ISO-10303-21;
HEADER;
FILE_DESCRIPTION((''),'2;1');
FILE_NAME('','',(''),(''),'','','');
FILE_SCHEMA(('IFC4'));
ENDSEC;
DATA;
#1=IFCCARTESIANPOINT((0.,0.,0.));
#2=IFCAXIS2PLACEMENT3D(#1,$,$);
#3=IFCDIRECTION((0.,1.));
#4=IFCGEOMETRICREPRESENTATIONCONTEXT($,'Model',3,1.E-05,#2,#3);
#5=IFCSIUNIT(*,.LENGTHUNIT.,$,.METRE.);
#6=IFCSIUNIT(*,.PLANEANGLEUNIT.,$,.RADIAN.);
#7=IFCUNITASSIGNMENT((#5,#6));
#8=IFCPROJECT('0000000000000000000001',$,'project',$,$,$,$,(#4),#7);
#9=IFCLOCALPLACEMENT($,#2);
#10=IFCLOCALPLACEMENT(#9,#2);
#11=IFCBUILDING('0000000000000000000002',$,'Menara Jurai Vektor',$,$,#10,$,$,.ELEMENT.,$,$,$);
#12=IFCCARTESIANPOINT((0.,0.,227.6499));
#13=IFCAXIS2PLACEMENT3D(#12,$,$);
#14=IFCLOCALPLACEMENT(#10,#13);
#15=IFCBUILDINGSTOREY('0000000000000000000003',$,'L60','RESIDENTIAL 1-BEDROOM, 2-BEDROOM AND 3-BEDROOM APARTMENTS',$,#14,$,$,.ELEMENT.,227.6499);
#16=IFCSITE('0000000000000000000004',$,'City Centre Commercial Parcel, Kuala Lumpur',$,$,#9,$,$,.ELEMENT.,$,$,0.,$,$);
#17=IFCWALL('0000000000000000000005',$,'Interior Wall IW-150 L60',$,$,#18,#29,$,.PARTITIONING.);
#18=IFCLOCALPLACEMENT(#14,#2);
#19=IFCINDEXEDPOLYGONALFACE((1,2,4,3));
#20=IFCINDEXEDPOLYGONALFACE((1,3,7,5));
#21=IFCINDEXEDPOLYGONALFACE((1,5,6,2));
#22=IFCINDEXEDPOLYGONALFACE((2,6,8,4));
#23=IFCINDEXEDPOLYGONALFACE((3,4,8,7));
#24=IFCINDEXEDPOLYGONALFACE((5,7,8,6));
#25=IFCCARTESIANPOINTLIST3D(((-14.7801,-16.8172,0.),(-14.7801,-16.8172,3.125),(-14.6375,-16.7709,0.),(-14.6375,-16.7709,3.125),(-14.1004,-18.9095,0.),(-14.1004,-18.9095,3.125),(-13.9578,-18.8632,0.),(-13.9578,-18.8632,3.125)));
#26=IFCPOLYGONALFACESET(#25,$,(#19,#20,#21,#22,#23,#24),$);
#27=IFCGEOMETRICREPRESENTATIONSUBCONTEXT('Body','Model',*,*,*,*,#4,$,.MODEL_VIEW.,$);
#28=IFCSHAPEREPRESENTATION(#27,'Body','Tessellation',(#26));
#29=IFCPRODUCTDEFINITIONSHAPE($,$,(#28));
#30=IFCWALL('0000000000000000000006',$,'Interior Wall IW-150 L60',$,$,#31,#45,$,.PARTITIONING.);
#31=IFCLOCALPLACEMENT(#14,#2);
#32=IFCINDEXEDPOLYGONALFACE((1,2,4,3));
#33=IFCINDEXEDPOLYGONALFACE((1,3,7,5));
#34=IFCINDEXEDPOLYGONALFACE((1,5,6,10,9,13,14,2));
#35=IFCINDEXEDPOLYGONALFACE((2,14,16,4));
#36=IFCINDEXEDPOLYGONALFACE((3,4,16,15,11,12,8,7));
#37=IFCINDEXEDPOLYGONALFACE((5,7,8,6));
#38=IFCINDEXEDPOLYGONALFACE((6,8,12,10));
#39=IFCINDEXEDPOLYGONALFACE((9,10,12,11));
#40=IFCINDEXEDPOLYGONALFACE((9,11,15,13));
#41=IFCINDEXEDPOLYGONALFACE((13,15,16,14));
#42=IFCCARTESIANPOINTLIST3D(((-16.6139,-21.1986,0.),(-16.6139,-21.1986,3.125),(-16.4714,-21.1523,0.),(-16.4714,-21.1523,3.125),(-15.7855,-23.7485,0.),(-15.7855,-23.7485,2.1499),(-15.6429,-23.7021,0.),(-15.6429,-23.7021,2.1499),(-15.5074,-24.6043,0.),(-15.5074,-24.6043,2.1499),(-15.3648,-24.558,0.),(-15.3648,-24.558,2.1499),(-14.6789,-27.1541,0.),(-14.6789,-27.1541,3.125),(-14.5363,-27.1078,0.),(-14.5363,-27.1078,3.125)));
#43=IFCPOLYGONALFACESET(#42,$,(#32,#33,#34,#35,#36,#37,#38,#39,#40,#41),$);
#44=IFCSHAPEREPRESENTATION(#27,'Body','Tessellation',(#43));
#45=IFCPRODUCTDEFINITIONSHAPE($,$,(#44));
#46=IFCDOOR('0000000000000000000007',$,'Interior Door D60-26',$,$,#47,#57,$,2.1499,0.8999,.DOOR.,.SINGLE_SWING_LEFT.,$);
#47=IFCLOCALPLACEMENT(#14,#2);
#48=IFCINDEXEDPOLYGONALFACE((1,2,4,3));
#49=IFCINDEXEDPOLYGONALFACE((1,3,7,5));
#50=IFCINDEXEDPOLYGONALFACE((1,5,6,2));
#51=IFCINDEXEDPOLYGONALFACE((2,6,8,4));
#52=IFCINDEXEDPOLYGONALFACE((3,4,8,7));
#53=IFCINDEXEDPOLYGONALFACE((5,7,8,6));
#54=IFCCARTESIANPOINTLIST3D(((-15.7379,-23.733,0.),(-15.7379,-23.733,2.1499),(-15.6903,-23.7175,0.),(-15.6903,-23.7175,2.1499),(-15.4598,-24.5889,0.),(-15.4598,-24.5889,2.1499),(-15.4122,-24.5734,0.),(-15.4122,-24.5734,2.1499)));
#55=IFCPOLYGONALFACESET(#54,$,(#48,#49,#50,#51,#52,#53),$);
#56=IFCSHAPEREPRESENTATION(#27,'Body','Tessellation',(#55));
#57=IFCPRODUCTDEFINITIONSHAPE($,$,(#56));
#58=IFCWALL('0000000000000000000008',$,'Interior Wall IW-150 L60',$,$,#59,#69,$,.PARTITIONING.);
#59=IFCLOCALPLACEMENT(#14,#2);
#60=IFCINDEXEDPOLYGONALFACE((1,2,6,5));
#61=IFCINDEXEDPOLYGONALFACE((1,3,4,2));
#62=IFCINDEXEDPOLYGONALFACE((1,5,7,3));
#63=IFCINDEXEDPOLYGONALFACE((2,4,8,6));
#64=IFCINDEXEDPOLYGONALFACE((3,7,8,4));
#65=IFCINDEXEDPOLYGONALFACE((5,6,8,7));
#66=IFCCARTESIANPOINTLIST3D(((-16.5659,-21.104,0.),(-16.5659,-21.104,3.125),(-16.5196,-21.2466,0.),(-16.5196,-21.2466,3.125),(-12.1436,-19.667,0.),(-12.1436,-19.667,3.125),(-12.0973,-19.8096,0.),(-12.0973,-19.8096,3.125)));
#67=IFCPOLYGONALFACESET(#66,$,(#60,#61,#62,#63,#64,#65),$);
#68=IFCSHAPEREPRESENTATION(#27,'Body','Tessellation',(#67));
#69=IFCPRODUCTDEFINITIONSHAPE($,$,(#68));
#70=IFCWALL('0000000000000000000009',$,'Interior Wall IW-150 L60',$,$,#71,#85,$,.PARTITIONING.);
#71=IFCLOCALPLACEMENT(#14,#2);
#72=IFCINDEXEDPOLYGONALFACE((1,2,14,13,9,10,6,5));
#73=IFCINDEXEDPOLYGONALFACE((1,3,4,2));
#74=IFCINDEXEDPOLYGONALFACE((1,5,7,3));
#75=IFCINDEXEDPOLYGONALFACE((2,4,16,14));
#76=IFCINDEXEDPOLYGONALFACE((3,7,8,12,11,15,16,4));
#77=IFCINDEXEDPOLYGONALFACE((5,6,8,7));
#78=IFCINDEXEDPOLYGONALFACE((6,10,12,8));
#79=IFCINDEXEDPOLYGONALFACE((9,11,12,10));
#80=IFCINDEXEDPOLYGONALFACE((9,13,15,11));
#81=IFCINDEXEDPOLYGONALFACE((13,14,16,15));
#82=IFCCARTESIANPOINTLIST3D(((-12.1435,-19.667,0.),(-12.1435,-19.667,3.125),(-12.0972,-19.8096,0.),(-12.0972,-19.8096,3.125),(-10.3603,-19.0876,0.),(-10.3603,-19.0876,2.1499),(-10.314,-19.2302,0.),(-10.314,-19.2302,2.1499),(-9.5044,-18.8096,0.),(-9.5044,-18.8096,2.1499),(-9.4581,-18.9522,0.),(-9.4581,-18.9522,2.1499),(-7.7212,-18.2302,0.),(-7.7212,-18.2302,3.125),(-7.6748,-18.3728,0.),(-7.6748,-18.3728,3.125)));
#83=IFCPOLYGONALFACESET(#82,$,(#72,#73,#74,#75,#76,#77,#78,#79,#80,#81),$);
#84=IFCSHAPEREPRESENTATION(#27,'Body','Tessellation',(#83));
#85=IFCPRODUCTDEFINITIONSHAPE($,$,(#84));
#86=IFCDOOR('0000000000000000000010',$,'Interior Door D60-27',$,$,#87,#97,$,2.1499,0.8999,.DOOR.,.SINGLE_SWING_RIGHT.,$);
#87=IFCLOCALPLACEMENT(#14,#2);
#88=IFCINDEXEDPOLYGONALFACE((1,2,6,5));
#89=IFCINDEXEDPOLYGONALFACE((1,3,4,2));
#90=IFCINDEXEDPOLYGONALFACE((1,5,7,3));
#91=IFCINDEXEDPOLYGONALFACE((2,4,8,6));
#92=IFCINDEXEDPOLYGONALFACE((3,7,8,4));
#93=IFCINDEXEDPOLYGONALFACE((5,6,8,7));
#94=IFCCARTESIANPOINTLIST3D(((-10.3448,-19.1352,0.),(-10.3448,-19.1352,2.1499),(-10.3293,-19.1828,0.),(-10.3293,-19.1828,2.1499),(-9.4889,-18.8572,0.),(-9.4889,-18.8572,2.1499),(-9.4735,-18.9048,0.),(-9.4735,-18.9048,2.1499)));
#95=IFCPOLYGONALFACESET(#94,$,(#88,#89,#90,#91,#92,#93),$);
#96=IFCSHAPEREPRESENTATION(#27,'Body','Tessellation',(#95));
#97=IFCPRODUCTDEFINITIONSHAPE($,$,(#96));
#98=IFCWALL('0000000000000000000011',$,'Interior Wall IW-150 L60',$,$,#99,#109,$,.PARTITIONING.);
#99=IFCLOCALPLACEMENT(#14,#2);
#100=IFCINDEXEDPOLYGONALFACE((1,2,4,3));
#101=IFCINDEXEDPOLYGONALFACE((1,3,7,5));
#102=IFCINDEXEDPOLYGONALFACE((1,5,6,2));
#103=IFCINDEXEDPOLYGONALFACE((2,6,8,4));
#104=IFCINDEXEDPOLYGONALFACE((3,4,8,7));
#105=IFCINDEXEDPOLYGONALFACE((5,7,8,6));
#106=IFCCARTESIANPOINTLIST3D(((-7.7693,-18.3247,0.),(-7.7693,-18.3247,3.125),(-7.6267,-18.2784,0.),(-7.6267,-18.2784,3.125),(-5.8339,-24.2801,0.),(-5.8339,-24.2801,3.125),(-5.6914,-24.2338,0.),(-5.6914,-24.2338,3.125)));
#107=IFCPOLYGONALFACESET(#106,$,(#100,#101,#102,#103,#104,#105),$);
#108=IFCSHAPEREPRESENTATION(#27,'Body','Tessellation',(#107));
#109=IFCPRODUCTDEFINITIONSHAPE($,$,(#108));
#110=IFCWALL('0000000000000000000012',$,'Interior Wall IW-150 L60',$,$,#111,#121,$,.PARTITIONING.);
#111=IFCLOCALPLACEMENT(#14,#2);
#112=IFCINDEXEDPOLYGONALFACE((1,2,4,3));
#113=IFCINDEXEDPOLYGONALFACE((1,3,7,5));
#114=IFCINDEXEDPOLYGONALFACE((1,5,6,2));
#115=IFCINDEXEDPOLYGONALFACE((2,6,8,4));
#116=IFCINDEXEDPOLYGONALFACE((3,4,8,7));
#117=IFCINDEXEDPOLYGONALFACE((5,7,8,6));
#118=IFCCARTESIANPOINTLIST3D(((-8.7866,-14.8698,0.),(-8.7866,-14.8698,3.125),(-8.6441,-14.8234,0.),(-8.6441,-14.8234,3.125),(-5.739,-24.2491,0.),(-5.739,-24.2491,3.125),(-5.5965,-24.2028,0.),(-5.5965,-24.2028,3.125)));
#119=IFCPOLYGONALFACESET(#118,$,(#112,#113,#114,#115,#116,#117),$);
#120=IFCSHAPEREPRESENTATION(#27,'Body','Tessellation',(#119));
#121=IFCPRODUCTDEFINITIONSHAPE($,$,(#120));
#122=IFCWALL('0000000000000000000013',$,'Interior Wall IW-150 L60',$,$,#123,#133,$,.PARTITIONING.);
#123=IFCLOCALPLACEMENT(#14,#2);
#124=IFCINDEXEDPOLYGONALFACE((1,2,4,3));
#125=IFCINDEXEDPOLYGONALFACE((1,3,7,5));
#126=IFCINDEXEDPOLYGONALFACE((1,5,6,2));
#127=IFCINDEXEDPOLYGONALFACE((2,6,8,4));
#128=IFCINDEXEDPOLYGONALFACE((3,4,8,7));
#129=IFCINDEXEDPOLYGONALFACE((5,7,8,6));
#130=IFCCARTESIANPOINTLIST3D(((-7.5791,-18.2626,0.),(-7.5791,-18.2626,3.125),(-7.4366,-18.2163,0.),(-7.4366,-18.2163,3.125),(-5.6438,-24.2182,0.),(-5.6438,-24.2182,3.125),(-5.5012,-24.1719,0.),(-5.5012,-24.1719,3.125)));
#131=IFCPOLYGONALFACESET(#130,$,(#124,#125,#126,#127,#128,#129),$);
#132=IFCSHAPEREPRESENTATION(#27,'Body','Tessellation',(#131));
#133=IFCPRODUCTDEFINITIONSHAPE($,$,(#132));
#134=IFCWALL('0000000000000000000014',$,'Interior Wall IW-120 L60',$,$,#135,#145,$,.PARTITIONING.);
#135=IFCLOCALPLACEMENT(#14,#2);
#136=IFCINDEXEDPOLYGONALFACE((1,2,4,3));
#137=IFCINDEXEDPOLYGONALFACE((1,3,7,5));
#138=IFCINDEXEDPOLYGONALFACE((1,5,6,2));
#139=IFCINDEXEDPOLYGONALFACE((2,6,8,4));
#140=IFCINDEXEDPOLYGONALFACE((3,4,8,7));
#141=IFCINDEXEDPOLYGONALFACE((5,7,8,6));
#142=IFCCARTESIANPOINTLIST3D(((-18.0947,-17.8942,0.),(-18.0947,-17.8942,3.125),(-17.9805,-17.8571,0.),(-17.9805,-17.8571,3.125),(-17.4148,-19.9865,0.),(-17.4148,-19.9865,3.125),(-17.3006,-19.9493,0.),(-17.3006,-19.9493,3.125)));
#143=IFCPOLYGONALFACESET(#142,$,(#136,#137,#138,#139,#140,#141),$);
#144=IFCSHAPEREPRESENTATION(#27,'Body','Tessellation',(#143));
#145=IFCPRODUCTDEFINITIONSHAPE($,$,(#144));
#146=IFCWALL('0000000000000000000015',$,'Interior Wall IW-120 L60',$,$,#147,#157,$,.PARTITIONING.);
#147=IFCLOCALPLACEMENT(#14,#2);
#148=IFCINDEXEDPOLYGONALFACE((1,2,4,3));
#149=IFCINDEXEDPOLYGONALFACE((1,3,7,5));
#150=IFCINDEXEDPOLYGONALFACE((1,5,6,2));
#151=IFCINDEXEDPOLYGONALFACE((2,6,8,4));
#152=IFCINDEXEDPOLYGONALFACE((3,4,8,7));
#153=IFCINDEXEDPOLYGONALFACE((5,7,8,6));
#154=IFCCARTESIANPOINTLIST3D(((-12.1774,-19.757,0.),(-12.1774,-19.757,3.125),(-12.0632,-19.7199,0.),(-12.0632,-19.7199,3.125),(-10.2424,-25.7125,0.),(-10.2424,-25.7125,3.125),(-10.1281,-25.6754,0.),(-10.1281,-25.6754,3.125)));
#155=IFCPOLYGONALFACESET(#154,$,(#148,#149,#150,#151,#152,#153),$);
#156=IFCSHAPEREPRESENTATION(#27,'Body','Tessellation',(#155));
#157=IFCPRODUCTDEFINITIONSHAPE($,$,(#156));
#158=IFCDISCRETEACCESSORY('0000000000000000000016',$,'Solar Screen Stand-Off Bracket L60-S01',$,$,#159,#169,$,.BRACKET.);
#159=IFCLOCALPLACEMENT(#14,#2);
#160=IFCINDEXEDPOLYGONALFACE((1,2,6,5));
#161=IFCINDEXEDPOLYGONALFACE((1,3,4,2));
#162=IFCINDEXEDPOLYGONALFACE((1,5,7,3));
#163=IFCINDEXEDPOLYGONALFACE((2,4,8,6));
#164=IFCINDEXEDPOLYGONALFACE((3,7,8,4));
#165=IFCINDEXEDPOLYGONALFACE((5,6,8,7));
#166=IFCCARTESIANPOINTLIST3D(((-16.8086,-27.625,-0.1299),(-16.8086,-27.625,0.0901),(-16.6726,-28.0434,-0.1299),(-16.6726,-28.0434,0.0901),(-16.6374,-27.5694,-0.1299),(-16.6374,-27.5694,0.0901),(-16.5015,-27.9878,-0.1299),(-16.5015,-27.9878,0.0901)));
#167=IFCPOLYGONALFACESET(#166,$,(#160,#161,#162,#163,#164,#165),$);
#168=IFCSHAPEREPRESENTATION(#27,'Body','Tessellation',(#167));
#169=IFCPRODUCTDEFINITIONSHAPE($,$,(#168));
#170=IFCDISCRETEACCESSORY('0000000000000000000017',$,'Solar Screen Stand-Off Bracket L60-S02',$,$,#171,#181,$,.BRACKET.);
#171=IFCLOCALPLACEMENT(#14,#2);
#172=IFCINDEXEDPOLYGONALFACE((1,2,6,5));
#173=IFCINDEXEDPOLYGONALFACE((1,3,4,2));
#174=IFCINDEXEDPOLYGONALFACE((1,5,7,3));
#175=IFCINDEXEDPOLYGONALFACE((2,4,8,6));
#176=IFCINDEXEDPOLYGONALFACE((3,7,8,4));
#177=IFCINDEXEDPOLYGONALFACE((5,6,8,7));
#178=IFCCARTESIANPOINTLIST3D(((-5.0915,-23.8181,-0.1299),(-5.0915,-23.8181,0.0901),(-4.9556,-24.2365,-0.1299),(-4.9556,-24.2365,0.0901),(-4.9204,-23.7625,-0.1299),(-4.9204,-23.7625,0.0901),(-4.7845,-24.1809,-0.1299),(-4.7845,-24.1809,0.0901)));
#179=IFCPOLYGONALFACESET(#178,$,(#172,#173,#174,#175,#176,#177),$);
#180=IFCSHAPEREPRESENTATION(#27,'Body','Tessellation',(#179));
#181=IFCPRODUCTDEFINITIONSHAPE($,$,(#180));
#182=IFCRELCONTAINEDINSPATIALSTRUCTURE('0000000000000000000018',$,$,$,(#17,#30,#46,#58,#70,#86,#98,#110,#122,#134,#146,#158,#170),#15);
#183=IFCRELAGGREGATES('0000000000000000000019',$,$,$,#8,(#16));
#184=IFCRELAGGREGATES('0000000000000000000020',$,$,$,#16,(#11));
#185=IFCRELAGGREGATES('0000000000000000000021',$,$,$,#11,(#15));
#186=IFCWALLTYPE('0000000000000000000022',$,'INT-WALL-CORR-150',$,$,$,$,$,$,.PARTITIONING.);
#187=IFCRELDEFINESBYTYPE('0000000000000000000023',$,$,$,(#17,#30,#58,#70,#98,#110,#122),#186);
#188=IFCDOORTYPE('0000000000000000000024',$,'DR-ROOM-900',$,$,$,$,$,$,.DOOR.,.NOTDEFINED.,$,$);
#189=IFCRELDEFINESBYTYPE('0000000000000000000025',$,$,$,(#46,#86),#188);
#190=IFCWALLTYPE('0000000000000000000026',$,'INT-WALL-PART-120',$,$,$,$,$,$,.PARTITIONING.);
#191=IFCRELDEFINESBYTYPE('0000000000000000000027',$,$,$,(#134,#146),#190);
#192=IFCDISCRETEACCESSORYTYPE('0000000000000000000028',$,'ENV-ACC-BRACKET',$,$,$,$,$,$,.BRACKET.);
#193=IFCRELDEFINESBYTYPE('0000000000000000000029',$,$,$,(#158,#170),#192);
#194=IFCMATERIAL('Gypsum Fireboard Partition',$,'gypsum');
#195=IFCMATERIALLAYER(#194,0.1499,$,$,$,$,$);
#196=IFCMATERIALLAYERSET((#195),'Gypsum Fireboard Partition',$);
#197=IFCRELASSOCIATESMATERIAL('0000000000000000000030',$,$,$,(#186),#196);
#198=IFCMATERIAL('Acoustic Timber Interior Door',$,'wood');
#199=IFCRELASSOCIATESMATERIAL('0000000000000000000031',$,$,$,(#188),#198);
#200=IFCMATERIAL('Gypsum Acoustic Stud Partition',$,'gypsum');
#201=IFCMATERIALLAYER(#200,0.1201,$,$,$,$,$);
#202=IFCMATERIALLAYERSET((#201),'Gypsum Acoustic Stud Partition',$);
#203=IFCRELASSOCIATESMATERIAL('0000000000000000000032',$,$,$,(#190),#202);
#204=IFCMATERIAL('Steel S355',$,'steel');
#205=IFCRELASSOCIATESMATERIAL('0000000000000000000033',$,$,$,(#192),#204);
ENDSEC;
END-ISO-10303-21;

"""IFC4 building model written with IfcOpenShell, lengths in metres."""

from ifc_helpers import new_model, si_unit, direction, frame, frame_2d, origin, origin_2d, place, context, subcontext, project, spatial, rectangle, extrude, material, layer, layer_set, type_object, element, fill, save


model = new_model("IFC4")

# Units and contexts
model_context = context("Model", 3, precision=1e-05, world=origin(), true_north=direction((0.0, 1.0)))
body_context = subcontext(model_context, "Body", "Model", "MODEL_VIEW")
ifc_project = project(units=[si_unit("LENGTHUNIT", "METRE"), si_unit("PLANEANGLEUNIT", "RADIAN")], contexts=[model_context])

# Site, building, storey
site_placement = place(None, origin())
site = spatial("IfcSite", under=ifc_project, at=site_placement, Name="City Centre Commercial Parcel, Kuala Lumpur", CompositionType="ELEMENT", RefElevation=0.0)
building_placement = place(site_placement, origin())
building = spatial("IfcBuilding", under=site, at=building_placement, Name="Menara Jurai Vektor", CompositionType="ELEMENT")
storey_placement = place(building_placement, frame((0.0, 0.0, 227.6499)))
storey = spatial("IfcBuildingStorey", under=building, at=storey_placement, Name="L60", Description="RESIDENTIAL 1-BEDROOM, 2-BEDROOM AND 3-BEDROOM APARTMENTS", CompositionType="ELEMENT", Elevation=227.6499)

# Shared definitions
ifc_material_1 = material(Name="Steel S355", Category="steel")

# Shared definitions
ifc_material_2 = material(Name="Gypsum Fireboard Partition", Category="gypsum")
ifc_layer_1 = layer(ifc_material_2, 0.1499)
ifc_layer_set_1 = layer_set([ifc_layer_1], Name="Gypsum Fireboard Partition")
wall_type_1 = type_object("IfcWallType", Name="INT-WALL-CORR-150", PredefinedType="PARTITIONING", material=ifc_layer_set_1)

# Wall
wall_1_placement = place(storey_placement, frame((-14.0291, -18.8865, 0.0), z_axis=(0.0, 0.0, 1.0), x_axis=(-0.308961, 0.951075, 0.0)))
element("IfcWall", 1, at=wall_1_placement, inside=storey, type_object=wall_type_1, Name="Interior Wall IW-150 L60", PredefinedType="PARTITIONING", context=body_context, shape_type="SweptSolid", body=[
    extrude(rectangle(XDim=2.2, YDim=0.1499, at=frame_2d((1.1001, 0.0))), origin(), (0.0, 0.0, 1.0), 3.125),
])

# Wall, opening, door
wall_2_placement = place(storey_placement, frame((-14.6077, -27.1309, 0.0), z_axis=(0.0, 0.0, 1.0), x_axis=(-0.309014, 0.951058, 0.0)))
wall_2 = element("IfcWall", 2, at=wall_2_placement, inside=storey, type_object=wall_type_1, Name="Interior Wall IW-150 L60", PredefinedType="PARTITIONING", context=body_context, shape_type="SweptSolid", body=[
    extrude(rectangle(XDim=6.262, YDim=0.1499, at=frame_2d((3.1309, 0.0))), origin(), (0.0, 0.0, 1.0), 3.125),
])
opening_1_placement = place(wall_2_placement, frame((2.6809, 0.0, 0.0)))
opening_1 = element("IfcOpeningElement", 3, at=opening_1_placement, cuts=wall_2, PredefinedType="OPENING", context=body_context, shape_type="SweptSolid", body=[
    extrude(rectangle(XDim=0.8999, YDim=2.1499, at=frame_2d((0.45, 1.075))), frame((0.0, 0.085, 0.0), z_axis=(0.0, -1.0, 0.0), x_axis=(1.0, 0.0, 0.0)), (0.0, 0.0, 1.0), 0.1699),
])
ifc_material_3 = material(Name="Acoustic Timber Interior Door", Category="wood")
door_type_1 = type_object("IfcDoorType", Name="DR-ROOM-900", OperationType="NOTDEFINED", PredefinedType="DOOR", material=ifc_material_3)
door_1_placement = place(opening_1_placement, origin())
door_1 = element("IfcDoor", 4, at=door_1_placement, inside=storey, type_object=door_type_1, Name="Interior Door D60-26", OperationType="SINGLE_SWING_LEFT", OverallHeight=2.1499, OverallWidth=0.8999, PredefinedType="DOOR", context=body_context, shape_type="SweptSolid", body=[
    extrude(rectangle(XDim=0.8999, YDim=2.1499, at=frame_2d((0.45, 1.075))), frame((0.0, 0.0249, 0.0), z_axis=(0.0, -1.0, 0.0), x_axis=(1.0, 0.0, 0.0)), (0.0, 0.0, 1.0), 0.05),
])
fill(opening_1, door_1)

# Wall
wall_3_placement = place(storey_placement, frame((-16.5427, -21.1753, 0.0), z_axis=(0.0, 0.0, 1.0), x_axis=(0.95105, 0.309036, 0.0)))
element("IfcWall", 5, at=wall_3_placement, inside=storey, type_object=wall_type_1, Name="Interior Wall IW-150 L60", PredefinedType="PARTITIONING", context=body_context, shape_type="SweptSolid", body=[
    extrude(rectangle(XDim=4.6499, YDim=0.1499, at=frame_2d((2.325, 0.0))), origin(), (0.0, 0.0, 1.0), 3.125),
])

# Wall, opening, door
wall_4_placement = place(storey_placement, frame((-12.1204, -19.7383, 0.0), z_axis=(0.0, 0.0, 1.0), x_axis=(0.951066, 0.308989, 0.0)))
wall_4 = element("IfcWall", 6, at=wall_4_placement, inside=storey, type_object=wall_type_1, Name="Interior Wall IW-150 L60", PredefinedType="PARTITIONING", context=body_context, shape_type="SweptSolid", body=[
    extrude(rectangle(XDim=4.6499, YDim=0.1499, at=frame_2d((2.325, 0.0))), origin(), (0.0, 0.0, 1.0), 3.125),
])
opening_2_placement = place(wall_4_placement, frame((1.875, 0.0, 0.0)))
opening_2 = element("IfcOpeningElement", 7, at=opening_2_placement, cuts=wall_4, PredefinedType="OPENING", context=body_context, shape_type="SweptSolid", body=[
    extrude(rectangle(XDim=0.8999, YDim=2.1499, at=frame_2d((0.45, 1.075))), frame((0.0, 0.085, 0.0), z_axis=(0.0, -1.0, 0.0), x_axis=(1.0, 0.0, 0.0)), (0.0, 0.0, 1.0), 0.1699),
])
door_2_placement = place(opening_2_placement, origin())
door_2 = element("IfcDoor", 8, at=door_2_placement, inside=storey, type_object=door_type_1, Name="Interior Door D60-27", OperationType="SINGLE_SWING_RIGHT", OverallHeight=2.1499, OverallWidth=0.8999, PredefinedType="DOOR", context=body_context, shape_type="SweptSolid", body=[
    extrude(rectangle(XDim=0.8999, YDim=2.1499, at=frame_2d((0.45, 1.075))), frame((0.0, 0.0249, 0.0), z_axis=(0.0, -1.0, 0.0), x_axis=(1.0, 0.0, 0.0)), (0.0, 0.0, 1.0), 0.05),
])
fill(opening_2, door_2)

# Walls
wall_5_placement = place(storey_placement, frame((-5.7627, -24.2568, 0.0), z_axis=(0.0, 0.0, 1.0), x_axis=(-0.309061, 0.951042, 0.0)))
element("IfcWall", 9, at=wall_5_placement, inside=storey, type_object=wall_type_1, Name="Interior Wall IW-150 L60", PredefinedType="PARTITIONING", context=body_context, shape_type="SweptSolid", body=[
    extrude(rectangle(XDim=6.262, YDim=0.1499, at=frame_2d((3.1309, 0.0))), origin(), (0.0, 0.0, 1.0), 3.125),
])
wall_6_placement = place(storey_placement, frame((-5.6677, -24.2261, 0.0), z_axis=(0.0, 0.0, 1.0), x_axis=(-0.309022, 0.951055, 0.0)))
element("IfcWall", 10, at=wall_6_placement, inside=storey, type_object=wall_type_1, Name="Interior Wall IW-150 L60", PredefinedType="PARTITIONING", context=body_context, shape_type="SweptSolid", body=[
    extrude(rectangle(XDim=9.8621, YDim=0.1499, at=frame_2d((4.9312, 0.0))), origin(), (0.0, 0.0, 1.0), 3.125),
])
wall_7_placement = place(storey_placement, frame((-5.5725, -24.1951, 0.0), z_axis=(0.0, 0.0, 1.0), x_axis=(-0.309049, 0.951046, 0.0)))
element("IfcWall", 11, at=wall_7_placement, inside=storey, type_object=wall_type_1, Name="Interior Wall IW-150 L60", PredefinedType="PARTITIONING", context=body_context, shape_type="SweptSolid", body=[
    extrude(rectangle(XDim=6.2622, YDim=0.1499, at=frame_2d((3.1311, 0.0))), origin(), (0.0, 0.0, 1.0), 3.125),
])
ifc_material_4 = material(Name="Gypsum Acoustic Stud Partition", Category="gypsum")
ifc_layer_2 = layer(ifc_material_4, 0.1201)
ifc_layer_set_2 = layer_set([ifc_layer_2], Name="Gypsum Acoustic Stud Partition")
wall_type_2 = type_object("IfcWallType", Name="INT-WALL-PART-120", PredefinedType="PARTITIONING", material=ifc_layer_set_2)
wall_8_placement = place(storey_placement, frame((-17.3577, -19.968, 0.0), z_axis=(0.0, 0.0, 1.0), x_axis=(-0.309061, 0.951042, 0.0)))
element("IfcWall", 12, at=wall_8_placement, inside=storey, type_object=wall_type_2, Name="Interior Wall IW-120 L60", PredefinedType="PARTITIONING", context=body_context, shape_type="SweptSolid", body=[
    extrude(rectangle(XDim=2.2, YDim=0.1201, at=frame_2d((1.1001, 0.0))), origin(), (0.0, 0.0, 1.0), 3.125),
])
wall_9_placement = place(storey_placement, frame((-10.1853, -25.6938, 0.0), z_axis=(0.0, 0.0, 1.0), x_axis=(-0.309014, 0.951058, 0.0)))
element("IfcWall", 13, at=wall_9_placement, inside=storey, type_object=wall_type_2, Name="Interior Wall IW-120 L60", PredefinedType="PARTITIONING", context=body_context, shape_type="SweptSolid", body=[
    extrude(rectangle(XDim=6.262, YDim=0.1201, at=frame_2d((3.1309, 0.0))), origin(), (0.0, 0.0, 1.0), 3.125),
])

# Discrete accessories
discrete_accessory_type = type_object("IfcDiscreteAccessoryType", Name="ENV-ACC-BRACKET", PredefinedType="BRACKET", material=ifc_material_1)
for number, where, z_axis, x_axis, name in (
    (14, (-16.655, -27.8064, -0.1299), (0.0, 0.0, 1.0), (0.951057, 0.309017, 0.0), "Solar Screen Stand-Off Bracket L60-S01"),
    (15, (-4.938, -23.9995, -0.1299), (0.0, 0.0, 1.0), (0.951057, 0.309017, 0.0), "Solar Screen Stand-Off Bracket L60-S02"),
):
    element("IfcDiscreteAccessory", number, at=place(storey_placement, frame(where, z_axis=z_axis, x_axis=x_axis)), inside=storey, type_object=discrete_accessory_type, Name=name, PredefinedType="BRACKET", context=body_context, shape_type="SweptSolid", body=[
        extrude(rectangle(XDim=0.1799, YDim=0.4399, at=origin_2d()), origin(), (0.0, 0.0, 1.0), 0.22),
    ])

save(model, "model.ifc")
